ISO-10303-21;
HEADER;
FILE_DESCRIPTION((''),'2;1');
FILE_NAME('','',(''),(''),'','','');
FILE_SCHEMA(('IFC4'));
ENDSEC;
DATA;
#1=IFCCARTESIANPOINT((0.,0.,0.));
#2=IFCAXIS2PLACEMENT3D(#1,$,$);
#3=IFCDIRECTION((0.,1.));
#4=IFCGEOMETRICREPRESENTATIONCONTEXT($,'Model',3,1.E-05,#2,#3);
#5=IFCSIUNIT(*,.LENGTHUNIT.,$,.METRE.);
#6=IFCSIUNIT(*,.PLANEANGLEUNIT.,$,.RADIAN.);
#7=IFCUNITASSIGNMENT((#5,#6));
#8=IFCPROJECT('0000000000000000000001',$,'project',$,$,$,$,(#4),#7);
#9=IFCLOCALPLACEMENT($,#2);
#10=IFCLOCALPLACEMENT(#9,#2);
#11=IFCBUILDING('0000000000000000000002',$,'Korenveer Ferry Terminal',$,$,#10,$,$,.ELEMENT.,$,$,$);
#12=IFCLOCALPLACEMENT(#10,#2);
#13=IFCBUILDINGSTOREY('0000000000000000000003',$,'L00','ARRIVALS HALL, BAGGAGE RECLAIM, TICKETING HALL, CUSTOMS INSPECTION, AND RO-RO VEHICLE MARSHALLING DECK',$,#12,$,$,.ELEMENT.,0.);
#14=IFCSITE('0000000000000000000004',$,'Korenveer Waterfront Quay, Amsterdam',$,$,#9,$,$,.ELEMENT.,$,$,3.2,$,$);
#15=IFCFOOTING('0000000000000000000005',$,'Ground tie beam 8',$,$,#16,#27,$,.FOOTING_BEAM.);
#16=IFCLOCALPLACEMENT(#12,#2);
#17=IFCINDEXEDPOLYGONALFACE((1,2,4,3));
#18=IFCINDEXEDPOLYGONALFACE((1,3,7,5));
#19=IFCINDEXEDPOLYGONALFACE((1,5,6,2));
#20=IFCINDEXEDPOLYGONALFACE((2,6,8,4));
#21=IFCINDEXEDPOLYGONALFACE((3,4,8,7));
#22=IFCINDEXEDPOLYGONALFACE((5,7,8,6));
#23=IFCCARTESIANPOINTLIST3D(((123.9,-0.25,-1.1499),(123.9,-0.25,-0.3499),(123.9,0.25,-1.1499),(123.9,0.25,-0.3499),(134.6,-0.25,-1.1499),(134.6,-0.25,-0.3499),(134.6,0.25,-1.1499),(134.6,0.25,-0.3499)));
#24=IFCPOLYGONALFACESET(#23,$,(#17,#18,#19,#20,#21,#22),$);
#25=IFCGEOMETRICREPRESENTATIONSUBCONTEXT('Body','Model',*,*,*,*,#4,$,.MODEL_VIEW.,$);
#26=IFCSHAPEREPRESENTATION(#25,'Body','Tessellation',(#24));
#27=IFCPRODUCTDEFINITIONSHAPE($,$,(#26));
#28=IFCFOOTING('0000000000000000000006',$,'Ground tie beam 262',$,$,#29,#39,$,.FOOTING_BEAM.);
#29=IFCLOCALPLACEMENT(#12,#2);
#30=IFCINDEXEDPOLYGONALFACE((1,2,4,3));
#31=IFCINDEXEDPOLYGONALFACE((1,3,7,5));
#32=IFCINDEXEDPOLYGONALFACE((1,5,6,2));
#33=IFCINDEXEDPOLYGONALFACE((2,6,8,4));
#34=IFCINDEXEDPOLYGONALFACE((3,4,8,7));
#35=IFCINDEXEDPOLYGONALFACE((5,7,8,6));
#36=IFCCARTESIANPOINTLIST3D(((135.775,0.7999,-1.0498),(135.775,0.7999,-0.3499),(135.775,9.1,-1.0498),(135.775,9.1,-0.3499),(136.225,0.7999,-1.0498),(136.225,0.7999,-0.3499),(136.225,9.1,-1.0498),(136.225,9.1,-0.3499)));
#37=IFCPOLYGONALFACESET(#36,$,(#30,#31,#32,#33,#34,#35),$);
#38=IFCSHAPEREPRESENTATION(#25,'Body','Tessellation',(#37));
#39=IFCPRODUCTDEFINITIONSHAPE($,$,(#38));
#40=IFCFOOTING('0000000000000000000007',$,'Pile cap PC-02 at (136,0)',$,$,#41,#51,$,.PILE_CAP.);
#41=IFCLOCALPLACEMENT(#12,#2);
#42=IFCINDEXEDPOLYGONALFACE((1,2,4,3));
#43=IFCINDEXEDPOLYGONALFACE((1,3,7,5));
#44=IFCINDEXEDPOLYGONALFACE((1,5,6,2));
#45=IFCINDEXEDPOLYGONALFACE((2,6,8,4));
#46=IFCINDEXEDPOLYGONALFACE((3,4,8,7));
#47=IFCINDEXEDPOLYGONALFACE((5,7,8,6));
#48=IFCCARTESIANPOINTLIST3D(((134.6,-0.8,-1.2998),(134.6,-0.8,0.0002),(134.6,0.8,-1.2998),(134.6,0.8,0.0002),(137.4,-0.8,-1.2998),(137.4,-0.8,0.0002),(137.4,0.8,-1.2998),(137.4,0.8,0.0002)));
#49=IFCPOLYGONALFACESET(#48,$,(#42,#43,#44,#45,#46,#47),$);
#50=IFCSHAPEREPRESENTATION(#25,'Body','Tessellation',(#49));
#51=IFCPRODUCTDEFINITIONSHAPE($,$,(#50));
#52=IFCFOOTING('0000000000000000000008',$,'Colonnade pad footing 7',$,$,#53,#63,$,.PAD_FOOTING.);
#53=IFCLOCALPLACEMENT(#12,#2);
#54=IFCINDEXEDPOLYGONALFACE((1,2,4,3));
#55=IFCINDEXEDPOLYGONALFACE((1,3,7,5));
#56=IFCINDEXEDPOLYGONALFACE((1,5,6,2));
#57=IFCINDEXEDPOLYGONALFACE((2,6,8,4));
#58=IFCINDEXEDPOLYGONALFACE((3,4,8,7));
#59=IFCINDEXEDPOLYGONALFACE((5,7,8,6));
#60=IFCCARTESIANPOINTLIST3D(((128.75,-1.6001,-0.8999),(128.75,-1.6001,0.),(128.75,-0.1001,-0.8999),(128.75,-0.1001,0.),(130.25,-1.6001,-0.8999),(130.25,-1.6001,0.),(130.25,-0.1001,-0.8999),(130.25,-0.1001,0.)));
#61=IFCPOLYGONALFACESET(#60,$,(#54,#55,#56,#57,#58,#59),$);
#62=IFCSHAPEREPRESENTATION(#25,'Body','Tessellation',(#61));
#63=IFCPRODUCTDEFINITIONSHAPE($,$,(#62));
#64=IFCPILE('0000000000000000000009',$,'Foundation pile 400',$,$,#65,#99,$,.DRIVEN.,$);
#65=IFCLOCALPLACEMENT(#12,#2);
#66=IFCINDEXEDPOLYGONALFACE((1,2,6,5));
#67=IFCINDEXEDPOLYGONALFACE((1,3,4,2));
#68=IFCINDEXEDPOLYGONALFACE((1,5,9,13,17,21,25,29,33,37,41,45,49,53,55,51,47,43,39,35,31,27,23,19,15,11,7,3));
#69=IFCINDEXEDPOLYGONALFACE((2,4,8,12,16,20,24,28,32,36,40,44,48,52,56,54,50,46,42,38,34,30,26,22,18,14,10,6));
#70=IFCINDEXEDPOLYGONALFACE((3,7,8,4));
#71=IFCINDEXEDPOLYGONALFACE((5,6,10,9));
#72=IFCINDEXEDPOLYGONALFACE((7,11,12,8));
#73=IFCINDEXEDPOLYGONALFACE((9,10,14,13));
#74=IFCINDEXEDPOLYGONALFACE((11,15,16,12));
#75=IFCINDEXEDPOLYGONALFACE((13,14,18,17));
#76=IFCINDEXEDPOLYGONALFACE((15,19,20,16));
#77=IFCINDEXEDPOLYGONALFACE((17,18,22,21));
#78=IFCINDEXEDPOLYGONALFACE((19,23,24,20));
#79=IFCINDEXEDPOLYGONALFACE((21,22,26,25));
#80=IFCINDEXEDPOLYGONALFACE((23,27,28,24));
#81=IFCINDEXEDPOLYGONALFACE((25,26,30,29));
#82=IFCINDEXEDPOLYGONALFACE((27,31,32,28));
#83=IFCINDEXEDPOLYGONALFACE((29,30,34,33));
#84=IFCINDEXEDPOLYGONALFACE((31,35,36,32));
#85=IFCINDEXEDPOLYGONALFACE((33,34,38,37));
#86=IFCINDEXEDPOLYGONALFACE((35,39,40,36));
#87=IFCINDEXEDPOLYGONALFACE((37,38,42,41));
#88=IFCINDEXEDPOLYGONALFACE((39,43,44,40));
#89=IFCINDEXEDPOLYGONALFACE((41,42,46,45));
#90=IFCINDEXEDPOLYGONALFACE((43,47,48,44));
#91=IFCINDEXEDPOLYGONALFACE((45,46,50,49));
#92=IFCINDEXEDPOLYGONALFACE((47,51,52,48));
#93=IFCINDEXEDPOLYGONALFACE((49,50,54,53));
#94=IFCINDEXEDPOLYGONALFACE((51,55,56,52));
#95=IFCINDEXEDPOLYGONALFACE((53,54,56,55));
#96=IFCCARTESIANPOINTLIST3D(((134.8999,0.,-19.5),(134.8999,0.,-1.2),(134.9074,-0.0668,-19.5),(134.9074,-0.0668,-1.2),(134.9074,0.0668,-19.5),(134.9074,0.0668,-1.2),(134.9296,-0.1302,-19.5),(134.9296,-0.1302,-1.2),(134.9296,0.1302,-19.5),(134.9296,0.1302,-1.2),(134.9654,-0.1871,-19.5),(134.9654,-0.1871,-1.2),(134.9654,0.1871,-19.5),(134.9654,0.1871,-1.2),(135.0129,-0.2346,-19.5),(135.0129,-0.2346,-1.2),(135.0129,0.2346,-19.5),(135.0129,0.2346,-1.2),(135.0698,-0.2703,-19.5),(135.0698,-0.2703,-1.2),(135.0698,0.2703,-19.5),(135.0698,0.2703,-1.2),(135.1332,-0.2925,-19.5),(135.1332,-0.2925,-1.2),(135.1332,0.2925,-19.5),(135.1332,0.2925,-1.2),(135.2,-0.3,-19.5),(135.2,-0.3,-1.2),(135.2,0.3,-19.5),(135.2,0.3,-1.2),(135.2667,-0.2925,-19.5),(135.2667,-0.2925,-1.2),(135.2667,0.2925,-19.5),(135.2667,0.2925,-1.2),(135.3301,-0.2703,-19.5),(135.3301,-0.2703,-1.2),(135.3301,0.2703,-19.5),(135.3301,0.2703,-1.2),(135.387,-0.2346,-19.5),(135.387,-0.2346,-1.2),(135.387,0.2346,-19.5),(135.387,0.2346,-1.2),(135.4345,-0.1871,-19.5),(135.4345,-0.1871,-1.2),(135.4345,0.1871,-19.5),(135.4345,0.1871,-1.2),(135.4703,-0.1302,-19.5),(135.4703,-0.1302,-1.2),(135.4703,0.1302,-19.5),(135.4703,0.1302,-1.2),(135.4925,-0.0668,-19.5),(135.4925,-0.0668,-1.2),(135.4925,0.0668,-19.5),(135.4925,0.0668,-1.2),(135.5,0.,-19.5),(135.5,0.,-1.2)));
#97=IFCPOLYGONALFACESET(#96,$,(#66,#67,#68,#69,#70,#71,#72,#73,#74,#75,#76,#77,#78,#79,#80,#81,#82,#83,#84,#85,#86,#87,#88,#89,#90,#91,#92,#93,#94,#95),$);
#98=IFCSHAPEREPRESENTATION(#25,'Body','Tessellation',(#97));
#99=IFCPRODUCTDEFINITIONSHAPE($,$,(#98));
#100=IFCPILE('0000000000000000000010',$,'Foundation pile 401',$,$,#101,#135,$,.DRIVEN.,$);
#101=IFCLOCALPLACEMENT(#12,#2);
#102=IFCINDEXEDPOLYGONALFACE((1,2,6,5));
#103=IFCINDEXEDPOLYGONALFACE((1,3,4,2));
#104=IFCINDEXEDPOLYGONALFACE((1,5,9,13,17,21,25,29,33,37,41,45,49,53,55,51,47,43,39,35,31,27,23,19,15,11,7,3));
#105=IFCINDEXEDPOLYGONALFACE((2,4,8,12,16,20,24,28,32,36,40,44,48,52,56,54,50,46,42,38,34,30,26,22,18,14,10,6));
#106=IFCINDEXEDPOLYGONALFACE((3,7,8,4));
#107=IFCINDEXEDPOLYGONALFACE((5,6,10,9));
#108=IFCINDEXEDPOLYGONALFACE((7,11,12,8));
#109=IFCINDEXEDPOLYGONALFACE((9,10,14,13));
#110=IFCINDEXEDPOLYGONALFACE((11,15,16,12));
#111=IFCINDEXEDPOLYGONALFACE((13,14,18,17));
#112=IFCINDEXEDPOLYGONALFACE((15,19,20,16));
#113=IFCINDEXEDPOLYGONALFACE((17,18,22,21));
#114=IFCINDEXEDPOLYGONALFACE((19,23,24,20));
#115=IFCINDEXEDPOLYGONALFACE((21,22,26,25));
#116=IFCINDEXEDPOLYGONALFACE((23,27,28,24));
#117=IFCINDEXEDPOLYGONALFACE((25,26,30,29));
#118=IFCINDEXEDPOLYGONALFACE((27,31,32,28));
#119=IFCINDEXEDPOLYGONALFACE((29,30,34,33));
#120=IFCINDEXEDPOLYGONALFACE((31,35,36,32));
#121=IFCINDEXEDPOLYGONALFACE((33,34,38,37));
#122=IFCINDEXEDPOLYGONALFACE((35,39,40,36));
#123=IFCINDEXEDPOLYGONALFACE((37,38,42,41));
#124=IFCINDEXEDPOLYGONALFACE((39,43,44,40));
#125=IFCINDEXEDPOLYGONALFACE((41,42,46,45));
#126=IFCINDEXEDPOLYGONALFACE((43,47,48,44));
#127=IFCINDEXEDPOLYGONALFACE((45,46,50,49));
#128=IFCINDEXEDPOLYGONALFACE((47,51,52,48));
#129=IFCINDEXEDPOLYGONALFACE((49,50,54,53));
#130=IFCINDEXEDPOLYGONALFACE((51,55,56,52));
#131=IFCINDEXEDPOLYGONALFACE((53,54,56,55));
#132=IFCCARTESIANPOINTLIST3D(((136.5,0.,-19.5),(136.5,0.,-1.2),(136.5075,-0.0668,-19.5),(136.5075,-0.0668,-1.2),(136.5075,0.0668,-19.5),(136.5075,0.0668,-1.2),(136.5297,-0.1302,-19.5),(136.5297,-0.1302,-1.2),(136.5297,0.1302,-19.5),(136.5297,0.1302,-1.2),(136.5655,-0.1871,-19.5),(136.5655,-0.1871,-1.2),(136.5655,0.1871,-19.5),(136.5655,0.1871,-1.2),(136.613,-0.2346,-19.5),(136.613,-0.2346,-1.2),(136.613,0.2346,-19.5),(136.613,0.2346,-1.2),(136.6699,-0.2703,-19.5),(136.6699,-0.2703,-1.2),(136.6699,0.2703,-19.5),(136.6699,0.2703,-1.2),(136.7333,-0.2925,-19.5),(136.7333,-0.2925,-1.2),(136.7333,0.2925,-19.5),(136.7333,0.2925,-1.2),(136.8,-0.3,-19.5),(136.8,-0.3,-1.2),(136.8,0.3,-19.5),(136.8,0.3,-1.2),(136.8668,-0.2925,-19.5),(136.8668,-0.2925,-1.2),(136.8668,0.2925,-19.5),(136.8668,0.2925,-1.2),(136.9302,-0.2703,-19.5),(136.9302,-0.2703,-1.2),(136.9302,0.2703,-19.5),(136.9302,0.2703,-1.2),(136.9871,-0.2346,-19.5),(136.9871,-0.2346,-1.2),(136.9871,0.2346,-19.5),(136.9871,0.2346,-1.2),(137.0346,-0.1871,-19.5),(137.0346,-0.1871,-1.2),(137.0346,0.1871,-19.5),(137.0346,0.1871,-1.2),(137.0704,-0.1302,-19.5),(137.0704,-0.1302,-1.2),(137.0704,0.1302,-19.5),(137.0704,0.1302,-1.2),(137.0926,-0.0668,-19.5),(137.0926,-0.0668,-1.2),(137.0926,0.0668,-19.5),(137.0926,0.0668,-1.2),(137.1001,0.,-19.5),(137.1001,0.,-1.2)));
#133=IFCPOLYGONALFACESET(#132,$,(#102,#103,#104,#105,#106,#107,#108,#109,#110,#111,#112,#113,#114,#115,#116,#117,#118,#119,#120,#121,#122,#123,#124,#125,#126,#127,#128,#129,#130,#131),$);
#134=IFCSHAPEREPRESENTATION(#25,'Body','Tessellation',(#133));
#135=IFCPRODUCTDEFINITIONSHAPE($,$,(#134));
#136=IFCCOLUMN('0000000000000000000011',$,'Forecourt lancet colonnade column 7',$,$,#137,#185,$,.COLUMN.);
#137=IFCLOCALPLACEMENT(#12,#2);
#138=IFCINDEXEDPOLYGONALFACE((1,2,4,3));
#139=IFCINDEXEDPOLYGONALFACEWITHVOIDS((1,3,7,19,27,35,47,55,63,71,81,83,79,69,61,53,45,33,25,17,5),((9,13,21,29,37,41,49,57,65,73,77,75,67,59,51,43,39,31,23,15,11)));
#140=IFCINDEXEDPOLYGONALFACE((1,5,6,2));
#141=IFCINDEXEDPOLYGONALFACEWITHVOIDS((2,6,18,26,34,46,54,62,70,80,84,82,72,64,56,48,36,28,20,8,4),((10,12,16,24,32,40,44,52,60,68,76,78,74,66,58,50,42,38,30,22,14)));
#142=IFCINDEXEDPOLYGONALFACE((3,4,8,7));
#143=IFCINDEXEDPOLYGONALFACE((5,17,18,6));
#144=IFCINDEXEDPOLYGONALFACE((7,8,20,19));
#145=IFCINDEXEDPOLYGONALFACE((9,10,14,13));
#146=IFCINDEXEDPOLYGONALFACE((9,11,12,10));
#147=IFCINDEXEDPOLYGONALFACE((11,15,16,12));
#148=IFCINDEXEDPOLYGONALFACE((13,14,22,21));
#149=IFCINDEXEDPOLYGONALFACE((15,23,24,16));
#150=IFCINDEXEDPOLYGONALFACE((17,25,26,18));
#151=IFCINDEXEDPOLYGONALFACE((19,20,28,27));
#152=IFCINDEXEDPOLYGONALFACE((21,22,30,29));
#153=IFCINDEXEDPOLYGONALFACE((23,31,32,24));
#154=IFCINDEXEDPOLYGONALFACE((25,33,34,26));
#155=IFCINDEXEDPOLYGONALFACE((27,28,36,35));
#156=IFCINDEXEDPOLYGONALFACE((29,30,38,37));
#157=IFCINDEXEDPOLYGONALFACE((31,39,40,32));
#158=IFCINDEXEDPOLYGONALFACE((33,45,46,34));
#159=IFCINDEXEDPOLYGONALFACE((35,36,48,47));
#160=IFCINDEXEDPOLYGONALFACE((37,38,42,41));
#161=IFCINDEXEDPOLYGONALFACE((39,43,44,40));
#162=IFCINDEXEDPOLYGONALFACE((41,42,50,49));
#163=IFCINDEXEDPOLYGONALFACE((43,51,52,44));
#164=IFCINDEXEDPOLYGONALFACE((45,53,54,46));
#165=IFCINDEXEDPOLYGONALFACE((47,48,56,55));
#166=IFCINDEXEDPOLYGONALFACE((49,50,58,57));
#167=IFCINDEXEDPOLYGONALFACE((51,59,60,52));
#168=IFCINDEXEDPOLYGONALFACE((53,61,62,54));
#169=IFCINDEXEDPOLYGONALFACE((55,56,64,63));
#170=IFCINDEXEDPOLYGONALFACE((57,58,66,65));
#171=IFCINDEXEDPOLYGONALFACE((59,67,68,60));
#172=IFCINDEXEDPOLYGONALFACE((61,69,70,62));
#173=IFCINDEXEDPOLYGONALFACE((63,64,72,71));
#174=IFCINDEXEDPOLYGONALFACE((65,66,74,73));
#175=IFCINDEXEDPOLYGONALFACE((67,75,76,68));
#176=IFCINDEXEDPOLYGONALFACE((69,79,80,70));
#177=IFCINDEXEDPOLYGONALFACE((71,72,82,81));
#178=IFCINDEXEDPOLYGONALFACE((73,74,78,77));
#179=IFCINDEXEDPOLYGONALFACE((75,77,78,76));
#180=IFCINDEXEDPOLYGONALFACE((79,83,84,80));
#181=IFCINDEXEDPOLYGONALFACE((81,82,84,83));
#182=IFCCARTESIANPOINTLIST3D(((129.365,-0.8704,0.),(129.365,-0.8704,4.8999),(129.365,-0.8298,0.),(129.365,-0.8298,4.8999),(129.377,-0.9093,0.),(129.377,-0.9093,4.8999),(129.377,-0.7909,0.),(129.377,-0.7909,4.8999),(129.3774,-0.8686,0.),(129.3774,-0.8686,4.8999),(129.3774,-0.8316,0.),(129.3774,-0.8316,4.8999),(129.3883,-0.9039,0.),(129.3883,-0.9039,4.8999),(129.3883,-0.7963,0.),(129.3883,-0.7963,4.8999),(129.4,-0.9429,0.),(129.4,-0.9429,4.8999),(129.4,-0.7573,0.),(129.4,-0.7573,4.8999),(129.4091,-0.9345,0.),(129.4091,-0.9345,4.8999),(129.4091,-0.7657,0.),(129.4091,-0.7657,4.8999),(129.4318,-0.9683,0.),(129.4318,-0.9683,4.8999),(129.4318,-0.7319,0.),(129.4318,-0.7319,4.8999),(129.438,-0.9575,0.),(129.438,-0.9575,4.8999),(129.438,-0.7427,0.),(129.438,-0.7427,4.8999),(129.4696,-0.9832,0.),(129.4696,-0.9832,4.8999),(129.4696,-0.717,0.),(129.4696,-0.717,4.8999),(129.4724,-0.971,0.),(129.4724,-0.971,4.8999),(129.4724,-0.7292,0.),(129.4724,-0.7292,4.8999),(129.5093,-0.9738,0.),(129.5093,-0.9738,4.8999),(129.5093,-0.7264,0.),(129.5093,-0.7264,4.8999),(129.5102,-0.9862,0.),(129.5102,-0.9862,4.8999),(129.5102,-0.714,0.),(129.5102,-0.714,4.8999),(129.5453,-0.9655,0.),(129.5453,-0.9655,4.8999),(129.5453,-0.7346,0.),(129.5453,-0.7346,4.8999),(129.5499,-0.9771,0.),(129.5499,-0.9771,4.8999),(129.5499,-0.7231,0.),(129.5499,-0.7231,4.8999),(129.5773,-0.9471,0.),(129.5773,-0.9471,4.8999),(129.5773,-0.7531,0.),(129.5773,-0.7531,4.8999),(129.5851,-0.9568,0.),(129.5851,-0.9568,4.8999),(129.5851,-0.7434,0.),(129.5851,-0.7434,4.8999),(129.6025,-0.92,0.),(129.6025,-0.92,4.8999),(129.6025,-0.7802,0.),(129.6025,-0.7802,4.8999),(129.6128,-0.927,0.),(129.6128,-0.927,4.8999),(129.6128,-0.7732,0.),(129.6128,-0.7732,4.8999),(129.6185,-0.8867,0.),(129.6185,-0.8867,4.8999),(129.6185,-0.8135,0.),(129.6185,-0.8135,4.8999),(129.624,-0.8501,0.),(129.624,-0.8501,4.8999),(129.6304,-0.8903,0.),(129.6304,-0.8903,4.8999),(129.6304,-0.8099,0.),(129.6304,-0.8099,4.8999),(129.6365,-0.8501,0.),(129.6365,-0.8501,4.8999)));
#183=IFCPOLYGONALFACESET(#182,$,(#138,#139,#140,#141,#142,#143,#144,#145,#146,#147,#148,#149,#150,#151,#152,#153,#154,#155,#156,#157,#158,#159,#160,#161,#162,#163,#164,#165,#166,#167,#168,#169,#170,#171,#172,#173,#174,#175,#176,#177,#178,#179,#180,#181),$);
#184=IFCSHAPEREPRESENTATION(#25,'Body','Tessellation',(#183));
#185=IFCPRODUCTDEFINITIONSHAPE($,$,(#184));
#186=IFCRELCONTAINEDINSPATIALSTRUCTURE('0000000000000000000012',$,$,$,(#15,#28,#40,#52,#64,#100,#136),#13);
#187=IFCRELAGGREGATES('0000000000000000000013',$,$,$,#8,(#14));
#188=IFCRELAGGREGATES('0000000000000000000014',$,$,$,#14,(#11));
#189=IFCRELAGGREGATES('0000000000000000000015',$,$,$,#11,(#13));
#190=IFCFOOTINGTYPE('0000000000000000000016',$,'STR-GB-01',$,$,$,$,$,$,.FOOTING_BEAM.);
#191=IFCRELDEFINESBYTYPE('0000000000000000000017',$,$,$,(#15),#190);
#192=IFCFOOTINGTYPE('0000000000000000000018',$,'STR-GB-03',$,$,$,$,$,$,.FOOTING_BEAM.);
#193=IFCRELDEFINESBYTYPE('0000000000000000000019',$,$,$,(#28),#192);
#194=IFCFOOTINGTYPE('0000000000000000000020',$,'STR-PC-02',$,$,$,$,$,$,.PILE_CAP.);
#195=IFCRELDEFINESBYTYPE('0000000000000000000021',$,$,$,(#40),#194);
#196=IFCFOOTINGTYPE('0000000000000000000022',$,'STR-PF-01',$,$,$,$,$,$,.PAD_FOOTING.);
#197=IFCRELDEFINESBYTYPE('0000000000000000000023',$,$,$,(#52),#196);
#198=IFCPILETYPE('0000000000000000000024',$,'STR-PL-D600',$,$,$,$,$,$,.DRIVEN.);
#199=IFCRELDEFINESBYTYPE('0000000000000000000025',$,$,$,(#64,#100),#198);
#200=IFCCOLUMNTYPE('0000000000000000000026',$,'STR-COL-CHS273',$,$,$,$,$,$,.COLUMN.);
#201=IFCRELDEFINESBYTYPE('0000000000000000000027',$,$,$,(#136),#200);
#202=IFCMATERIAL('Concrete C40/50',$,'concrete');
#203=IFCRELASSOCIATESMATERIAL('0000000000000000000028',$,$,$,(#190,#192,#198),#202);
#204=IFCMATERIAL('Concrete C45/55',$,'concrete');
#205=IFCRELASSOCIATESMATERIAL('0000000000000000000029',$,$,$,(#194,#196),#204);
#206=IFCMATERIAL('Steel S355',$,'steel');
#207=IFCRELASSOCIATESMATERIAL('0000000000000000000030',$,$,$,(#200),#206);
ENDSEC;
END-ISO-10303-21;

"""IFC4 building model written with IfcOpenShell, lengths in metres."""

from ifc_helpers import new_model, si_unit, direction, frame, origin, origin_2d, place, context, subcontext, project, spatial, rectangle, circle, hollow_circle, extrude, material, material_profile, profile_set, type_object, element, save


model = new_model("IFC4")

# Units and contexts
model_context = context("Model", 3, precision=1e-05, world=origin(), true_north=direction((0.0, 1.0)))
body_context = subcontext(model_context, "Body", "Model", "MODEL_VIEW")
ifc_project = project(units=[si_unit("LENGTHUNIT", "METRE"), si_unit("PLANEANGLEUNIT", "RADIAN")], contexts=[model_context])

# Site, building, storey
site_placement = place(None, origin())
site = spatial("IfcSite", under=ifc_project, at=site_placement, Name="Korenveer Waterfront Quay, Amsterdam", CompositionType="ELEMENT", RefElevation=3.2)
building_placement = place(site_placement, origin())
building = spatial("IfcBuilding", under=site, at=building_placement, Name="Korenveer Ferry Terminal", CompositionType="ELEMENT")
storey_placement = place(building_placement, origin())
storey = spatial("IfcBuildingStorey", under=building, at=storey_placement, Name="L00", Description="ARRIVALS HALL, BAGGAGE RECLAIM, TICKETING HALL, CUSTOMS INSPECTION, AND RO-RO VEHICLE MARSHALLING DECK", CompositionType="ELEMENT", Elevation=0.0)

# Footings
ifc_material_1 = material(Name="Concrete C40/50", Category="concrete")
footing_type_1 = type_object("IfcFootingType", Name="STR-GB-01", PredefinedType="FOOTING_BEAM", material=ifc_material_1)
footing_1_placement = place(storey_placement, frame((129.25, 0.0, -1.1499), z_axis=(0.0, 0.0, 1.0), x_axis=(1.0, 0.0, 0.0)))
element("IfcFooting", 1, at=footing_1_placement, inside=storey, type_object=footing_type_1, Name="Ground tie beam 8", PredefinedType="FOOTING_BEAM", context=body_context, shape_type="SweptSolid", body=[
    extrude(rectangle(XDim=10.7, YDim=0.5, at=origin_2d()), origin(), (0.0, 0.0, 1.0), 0.8),
])
footing_type_2 = type_object("IfcFootingType", Name="STR-GB-03", PredefinedType="FOOTING_BEAM", material=ifc_material_1)
footing_2_placement = place(storey_placement, frame((136.0, 4.95, -1.0498), z_axis=(0.0, 0.0, 1.0), x_axis=(1.0, 0.0, 0.0)))
element("IfcFooting", 2, at=footing_2_placement, inside=storey, type_object=footing_type_2, Name="Ground tie beam 262", PredefinedType="FOOTING_BEAM", context=body_context, shape_type="SweptSolid", body=[
    extrude(rectangle(XDim=0.45, YDim=8.3, at=origin_2d()), origin(), (0.0, 0.0, 1.0), 0.7),
])
ifc_material_2 = material(Name="Concrete C45/55", Category="concrete")
footing_type_3 = type_object("IfcFootingType", Name="STR-PC-02", PredefinedType="PILE_CAP", material=ifc_material_2)
footing_3_placement = place(storey_placement, frame((136.0, 0.0, -1.2998), z_axis=(0.0, 0.0, 1.0), x_axis=(1.0, 0.0, 0.0)))
element("IfcFooting", 3, at=footing_3_placement, inside=storey, type_object=footing_type_3, Name="Pile cap PC-02 at (136,0)", PredefinedType="PILE_CAP", context=body_context, shape_type="SweptSolid", body=[
    extrude(rectangle(XDim=2.8, YDim=1.6001, at=origin_2d()), origin(), (0.0, 0.0, 1.0), 1.3),
])
footing_type_4 = type_object("IfcFootingType", Name="STR-PF-01", PredefinedType="PAD_FOOTING", material=ifc_material_2)
footing_4_placement = place(storey_placement, frame((129.5, -0.8501, -0.8999), z_axis=(0.0, 0.0, 1.0), x_axis=(1.0, 0.0, 0.0)))
element("IfcFooting", 4, at=footing_4_placement, inside=storey, type_object=footing_type_4, Name="Colonnade pad footing 7", PredefinedType="PAD_FOOTING", context=body_context, shape_type="SweptSolid", body=[
    extrude(rectangle(XDim=1.5, YDim=1.5, at=origin_2d()), origin(), (0.0, 0.0, 1.0), 0.8999),
])

# Piles
ifc_material_profile_1 = material_profile(ifc_material_1, circle(Radius=0.3, at=origin_2d()), Name="PILE D600")
ifc_profile_set_1 = profile_set([ifc_material_profile_1], Name="Concrete C40/50")
pile_type = type_object("IfcPileType", Name="STR-PL-D600", PredefinedType="DRIVEN", material=ifc_profile_set_1)
for number, where, z_axis, x_axis, name in (
    (5, (135.2, 0.0, -1.2), (0.0, 0.0, -1.0), (1.0, 0.0, 0.0), "Foundation pile 400"),
    (6, (136.8, 0.0, -1.2), (0.0, 0.0, -1.0), (1.0, 0.0, 0.0), "Foundation pile 401"),
):
    element("IfcPile", number, at=place(storey_placement, frame(where, z_axis=z_axis, x_axis=x_axis)), inside=storey, type_object=pile_type, Name=name, PredefinedType="DRIVEN", context=body_context, shape_type="SweptSolid", body=[
        extrude(circle(Radius=0.3, at=origin_2d()), origin(), (0.0, 0.0, 1.0), 18.3),
    ])

# Column
ifc_material_3 = material(Name="Steel S355", Category="steel")
ifc_material_profile_2 = material_profile(ifc_material_3, hollow_circle(Radius=0.1365, WallThickness=0.0125, at=origin_2d()), Name="CHS 273x12.5")
ifc_profile_set_2 = profile_set([ifc_material_profile_2], Name="Steel S355")
column_type_1 = type_object("IfcColumnType", Name="STR-COL-CHS273", PredefinedType="COLUMN", material=ifc_profile_set_2)
column_1_placement = place(storey_placement, frame((129.5, -0.8501, 0.0), z_axis=(0.0, 0.0, 1.0), x_axis=(1.0, 0.0, 0.0)))
element("IfcColumn", 7, at=column_1_placement, inside=storey, type_object=column_type_1, Name="Forecourt lancet colonnade column 7", PredefinedType="COLUMN", context=body_context, shape_type="SweptSolid", body=[
    extrude(hollow_circle(Radius=0.1365, WallThickness=0.0125, at=origin_2d()), origin(), (0.0, 0.0, 1.0), 4.8999),
])

save(model, "model.ifc")
